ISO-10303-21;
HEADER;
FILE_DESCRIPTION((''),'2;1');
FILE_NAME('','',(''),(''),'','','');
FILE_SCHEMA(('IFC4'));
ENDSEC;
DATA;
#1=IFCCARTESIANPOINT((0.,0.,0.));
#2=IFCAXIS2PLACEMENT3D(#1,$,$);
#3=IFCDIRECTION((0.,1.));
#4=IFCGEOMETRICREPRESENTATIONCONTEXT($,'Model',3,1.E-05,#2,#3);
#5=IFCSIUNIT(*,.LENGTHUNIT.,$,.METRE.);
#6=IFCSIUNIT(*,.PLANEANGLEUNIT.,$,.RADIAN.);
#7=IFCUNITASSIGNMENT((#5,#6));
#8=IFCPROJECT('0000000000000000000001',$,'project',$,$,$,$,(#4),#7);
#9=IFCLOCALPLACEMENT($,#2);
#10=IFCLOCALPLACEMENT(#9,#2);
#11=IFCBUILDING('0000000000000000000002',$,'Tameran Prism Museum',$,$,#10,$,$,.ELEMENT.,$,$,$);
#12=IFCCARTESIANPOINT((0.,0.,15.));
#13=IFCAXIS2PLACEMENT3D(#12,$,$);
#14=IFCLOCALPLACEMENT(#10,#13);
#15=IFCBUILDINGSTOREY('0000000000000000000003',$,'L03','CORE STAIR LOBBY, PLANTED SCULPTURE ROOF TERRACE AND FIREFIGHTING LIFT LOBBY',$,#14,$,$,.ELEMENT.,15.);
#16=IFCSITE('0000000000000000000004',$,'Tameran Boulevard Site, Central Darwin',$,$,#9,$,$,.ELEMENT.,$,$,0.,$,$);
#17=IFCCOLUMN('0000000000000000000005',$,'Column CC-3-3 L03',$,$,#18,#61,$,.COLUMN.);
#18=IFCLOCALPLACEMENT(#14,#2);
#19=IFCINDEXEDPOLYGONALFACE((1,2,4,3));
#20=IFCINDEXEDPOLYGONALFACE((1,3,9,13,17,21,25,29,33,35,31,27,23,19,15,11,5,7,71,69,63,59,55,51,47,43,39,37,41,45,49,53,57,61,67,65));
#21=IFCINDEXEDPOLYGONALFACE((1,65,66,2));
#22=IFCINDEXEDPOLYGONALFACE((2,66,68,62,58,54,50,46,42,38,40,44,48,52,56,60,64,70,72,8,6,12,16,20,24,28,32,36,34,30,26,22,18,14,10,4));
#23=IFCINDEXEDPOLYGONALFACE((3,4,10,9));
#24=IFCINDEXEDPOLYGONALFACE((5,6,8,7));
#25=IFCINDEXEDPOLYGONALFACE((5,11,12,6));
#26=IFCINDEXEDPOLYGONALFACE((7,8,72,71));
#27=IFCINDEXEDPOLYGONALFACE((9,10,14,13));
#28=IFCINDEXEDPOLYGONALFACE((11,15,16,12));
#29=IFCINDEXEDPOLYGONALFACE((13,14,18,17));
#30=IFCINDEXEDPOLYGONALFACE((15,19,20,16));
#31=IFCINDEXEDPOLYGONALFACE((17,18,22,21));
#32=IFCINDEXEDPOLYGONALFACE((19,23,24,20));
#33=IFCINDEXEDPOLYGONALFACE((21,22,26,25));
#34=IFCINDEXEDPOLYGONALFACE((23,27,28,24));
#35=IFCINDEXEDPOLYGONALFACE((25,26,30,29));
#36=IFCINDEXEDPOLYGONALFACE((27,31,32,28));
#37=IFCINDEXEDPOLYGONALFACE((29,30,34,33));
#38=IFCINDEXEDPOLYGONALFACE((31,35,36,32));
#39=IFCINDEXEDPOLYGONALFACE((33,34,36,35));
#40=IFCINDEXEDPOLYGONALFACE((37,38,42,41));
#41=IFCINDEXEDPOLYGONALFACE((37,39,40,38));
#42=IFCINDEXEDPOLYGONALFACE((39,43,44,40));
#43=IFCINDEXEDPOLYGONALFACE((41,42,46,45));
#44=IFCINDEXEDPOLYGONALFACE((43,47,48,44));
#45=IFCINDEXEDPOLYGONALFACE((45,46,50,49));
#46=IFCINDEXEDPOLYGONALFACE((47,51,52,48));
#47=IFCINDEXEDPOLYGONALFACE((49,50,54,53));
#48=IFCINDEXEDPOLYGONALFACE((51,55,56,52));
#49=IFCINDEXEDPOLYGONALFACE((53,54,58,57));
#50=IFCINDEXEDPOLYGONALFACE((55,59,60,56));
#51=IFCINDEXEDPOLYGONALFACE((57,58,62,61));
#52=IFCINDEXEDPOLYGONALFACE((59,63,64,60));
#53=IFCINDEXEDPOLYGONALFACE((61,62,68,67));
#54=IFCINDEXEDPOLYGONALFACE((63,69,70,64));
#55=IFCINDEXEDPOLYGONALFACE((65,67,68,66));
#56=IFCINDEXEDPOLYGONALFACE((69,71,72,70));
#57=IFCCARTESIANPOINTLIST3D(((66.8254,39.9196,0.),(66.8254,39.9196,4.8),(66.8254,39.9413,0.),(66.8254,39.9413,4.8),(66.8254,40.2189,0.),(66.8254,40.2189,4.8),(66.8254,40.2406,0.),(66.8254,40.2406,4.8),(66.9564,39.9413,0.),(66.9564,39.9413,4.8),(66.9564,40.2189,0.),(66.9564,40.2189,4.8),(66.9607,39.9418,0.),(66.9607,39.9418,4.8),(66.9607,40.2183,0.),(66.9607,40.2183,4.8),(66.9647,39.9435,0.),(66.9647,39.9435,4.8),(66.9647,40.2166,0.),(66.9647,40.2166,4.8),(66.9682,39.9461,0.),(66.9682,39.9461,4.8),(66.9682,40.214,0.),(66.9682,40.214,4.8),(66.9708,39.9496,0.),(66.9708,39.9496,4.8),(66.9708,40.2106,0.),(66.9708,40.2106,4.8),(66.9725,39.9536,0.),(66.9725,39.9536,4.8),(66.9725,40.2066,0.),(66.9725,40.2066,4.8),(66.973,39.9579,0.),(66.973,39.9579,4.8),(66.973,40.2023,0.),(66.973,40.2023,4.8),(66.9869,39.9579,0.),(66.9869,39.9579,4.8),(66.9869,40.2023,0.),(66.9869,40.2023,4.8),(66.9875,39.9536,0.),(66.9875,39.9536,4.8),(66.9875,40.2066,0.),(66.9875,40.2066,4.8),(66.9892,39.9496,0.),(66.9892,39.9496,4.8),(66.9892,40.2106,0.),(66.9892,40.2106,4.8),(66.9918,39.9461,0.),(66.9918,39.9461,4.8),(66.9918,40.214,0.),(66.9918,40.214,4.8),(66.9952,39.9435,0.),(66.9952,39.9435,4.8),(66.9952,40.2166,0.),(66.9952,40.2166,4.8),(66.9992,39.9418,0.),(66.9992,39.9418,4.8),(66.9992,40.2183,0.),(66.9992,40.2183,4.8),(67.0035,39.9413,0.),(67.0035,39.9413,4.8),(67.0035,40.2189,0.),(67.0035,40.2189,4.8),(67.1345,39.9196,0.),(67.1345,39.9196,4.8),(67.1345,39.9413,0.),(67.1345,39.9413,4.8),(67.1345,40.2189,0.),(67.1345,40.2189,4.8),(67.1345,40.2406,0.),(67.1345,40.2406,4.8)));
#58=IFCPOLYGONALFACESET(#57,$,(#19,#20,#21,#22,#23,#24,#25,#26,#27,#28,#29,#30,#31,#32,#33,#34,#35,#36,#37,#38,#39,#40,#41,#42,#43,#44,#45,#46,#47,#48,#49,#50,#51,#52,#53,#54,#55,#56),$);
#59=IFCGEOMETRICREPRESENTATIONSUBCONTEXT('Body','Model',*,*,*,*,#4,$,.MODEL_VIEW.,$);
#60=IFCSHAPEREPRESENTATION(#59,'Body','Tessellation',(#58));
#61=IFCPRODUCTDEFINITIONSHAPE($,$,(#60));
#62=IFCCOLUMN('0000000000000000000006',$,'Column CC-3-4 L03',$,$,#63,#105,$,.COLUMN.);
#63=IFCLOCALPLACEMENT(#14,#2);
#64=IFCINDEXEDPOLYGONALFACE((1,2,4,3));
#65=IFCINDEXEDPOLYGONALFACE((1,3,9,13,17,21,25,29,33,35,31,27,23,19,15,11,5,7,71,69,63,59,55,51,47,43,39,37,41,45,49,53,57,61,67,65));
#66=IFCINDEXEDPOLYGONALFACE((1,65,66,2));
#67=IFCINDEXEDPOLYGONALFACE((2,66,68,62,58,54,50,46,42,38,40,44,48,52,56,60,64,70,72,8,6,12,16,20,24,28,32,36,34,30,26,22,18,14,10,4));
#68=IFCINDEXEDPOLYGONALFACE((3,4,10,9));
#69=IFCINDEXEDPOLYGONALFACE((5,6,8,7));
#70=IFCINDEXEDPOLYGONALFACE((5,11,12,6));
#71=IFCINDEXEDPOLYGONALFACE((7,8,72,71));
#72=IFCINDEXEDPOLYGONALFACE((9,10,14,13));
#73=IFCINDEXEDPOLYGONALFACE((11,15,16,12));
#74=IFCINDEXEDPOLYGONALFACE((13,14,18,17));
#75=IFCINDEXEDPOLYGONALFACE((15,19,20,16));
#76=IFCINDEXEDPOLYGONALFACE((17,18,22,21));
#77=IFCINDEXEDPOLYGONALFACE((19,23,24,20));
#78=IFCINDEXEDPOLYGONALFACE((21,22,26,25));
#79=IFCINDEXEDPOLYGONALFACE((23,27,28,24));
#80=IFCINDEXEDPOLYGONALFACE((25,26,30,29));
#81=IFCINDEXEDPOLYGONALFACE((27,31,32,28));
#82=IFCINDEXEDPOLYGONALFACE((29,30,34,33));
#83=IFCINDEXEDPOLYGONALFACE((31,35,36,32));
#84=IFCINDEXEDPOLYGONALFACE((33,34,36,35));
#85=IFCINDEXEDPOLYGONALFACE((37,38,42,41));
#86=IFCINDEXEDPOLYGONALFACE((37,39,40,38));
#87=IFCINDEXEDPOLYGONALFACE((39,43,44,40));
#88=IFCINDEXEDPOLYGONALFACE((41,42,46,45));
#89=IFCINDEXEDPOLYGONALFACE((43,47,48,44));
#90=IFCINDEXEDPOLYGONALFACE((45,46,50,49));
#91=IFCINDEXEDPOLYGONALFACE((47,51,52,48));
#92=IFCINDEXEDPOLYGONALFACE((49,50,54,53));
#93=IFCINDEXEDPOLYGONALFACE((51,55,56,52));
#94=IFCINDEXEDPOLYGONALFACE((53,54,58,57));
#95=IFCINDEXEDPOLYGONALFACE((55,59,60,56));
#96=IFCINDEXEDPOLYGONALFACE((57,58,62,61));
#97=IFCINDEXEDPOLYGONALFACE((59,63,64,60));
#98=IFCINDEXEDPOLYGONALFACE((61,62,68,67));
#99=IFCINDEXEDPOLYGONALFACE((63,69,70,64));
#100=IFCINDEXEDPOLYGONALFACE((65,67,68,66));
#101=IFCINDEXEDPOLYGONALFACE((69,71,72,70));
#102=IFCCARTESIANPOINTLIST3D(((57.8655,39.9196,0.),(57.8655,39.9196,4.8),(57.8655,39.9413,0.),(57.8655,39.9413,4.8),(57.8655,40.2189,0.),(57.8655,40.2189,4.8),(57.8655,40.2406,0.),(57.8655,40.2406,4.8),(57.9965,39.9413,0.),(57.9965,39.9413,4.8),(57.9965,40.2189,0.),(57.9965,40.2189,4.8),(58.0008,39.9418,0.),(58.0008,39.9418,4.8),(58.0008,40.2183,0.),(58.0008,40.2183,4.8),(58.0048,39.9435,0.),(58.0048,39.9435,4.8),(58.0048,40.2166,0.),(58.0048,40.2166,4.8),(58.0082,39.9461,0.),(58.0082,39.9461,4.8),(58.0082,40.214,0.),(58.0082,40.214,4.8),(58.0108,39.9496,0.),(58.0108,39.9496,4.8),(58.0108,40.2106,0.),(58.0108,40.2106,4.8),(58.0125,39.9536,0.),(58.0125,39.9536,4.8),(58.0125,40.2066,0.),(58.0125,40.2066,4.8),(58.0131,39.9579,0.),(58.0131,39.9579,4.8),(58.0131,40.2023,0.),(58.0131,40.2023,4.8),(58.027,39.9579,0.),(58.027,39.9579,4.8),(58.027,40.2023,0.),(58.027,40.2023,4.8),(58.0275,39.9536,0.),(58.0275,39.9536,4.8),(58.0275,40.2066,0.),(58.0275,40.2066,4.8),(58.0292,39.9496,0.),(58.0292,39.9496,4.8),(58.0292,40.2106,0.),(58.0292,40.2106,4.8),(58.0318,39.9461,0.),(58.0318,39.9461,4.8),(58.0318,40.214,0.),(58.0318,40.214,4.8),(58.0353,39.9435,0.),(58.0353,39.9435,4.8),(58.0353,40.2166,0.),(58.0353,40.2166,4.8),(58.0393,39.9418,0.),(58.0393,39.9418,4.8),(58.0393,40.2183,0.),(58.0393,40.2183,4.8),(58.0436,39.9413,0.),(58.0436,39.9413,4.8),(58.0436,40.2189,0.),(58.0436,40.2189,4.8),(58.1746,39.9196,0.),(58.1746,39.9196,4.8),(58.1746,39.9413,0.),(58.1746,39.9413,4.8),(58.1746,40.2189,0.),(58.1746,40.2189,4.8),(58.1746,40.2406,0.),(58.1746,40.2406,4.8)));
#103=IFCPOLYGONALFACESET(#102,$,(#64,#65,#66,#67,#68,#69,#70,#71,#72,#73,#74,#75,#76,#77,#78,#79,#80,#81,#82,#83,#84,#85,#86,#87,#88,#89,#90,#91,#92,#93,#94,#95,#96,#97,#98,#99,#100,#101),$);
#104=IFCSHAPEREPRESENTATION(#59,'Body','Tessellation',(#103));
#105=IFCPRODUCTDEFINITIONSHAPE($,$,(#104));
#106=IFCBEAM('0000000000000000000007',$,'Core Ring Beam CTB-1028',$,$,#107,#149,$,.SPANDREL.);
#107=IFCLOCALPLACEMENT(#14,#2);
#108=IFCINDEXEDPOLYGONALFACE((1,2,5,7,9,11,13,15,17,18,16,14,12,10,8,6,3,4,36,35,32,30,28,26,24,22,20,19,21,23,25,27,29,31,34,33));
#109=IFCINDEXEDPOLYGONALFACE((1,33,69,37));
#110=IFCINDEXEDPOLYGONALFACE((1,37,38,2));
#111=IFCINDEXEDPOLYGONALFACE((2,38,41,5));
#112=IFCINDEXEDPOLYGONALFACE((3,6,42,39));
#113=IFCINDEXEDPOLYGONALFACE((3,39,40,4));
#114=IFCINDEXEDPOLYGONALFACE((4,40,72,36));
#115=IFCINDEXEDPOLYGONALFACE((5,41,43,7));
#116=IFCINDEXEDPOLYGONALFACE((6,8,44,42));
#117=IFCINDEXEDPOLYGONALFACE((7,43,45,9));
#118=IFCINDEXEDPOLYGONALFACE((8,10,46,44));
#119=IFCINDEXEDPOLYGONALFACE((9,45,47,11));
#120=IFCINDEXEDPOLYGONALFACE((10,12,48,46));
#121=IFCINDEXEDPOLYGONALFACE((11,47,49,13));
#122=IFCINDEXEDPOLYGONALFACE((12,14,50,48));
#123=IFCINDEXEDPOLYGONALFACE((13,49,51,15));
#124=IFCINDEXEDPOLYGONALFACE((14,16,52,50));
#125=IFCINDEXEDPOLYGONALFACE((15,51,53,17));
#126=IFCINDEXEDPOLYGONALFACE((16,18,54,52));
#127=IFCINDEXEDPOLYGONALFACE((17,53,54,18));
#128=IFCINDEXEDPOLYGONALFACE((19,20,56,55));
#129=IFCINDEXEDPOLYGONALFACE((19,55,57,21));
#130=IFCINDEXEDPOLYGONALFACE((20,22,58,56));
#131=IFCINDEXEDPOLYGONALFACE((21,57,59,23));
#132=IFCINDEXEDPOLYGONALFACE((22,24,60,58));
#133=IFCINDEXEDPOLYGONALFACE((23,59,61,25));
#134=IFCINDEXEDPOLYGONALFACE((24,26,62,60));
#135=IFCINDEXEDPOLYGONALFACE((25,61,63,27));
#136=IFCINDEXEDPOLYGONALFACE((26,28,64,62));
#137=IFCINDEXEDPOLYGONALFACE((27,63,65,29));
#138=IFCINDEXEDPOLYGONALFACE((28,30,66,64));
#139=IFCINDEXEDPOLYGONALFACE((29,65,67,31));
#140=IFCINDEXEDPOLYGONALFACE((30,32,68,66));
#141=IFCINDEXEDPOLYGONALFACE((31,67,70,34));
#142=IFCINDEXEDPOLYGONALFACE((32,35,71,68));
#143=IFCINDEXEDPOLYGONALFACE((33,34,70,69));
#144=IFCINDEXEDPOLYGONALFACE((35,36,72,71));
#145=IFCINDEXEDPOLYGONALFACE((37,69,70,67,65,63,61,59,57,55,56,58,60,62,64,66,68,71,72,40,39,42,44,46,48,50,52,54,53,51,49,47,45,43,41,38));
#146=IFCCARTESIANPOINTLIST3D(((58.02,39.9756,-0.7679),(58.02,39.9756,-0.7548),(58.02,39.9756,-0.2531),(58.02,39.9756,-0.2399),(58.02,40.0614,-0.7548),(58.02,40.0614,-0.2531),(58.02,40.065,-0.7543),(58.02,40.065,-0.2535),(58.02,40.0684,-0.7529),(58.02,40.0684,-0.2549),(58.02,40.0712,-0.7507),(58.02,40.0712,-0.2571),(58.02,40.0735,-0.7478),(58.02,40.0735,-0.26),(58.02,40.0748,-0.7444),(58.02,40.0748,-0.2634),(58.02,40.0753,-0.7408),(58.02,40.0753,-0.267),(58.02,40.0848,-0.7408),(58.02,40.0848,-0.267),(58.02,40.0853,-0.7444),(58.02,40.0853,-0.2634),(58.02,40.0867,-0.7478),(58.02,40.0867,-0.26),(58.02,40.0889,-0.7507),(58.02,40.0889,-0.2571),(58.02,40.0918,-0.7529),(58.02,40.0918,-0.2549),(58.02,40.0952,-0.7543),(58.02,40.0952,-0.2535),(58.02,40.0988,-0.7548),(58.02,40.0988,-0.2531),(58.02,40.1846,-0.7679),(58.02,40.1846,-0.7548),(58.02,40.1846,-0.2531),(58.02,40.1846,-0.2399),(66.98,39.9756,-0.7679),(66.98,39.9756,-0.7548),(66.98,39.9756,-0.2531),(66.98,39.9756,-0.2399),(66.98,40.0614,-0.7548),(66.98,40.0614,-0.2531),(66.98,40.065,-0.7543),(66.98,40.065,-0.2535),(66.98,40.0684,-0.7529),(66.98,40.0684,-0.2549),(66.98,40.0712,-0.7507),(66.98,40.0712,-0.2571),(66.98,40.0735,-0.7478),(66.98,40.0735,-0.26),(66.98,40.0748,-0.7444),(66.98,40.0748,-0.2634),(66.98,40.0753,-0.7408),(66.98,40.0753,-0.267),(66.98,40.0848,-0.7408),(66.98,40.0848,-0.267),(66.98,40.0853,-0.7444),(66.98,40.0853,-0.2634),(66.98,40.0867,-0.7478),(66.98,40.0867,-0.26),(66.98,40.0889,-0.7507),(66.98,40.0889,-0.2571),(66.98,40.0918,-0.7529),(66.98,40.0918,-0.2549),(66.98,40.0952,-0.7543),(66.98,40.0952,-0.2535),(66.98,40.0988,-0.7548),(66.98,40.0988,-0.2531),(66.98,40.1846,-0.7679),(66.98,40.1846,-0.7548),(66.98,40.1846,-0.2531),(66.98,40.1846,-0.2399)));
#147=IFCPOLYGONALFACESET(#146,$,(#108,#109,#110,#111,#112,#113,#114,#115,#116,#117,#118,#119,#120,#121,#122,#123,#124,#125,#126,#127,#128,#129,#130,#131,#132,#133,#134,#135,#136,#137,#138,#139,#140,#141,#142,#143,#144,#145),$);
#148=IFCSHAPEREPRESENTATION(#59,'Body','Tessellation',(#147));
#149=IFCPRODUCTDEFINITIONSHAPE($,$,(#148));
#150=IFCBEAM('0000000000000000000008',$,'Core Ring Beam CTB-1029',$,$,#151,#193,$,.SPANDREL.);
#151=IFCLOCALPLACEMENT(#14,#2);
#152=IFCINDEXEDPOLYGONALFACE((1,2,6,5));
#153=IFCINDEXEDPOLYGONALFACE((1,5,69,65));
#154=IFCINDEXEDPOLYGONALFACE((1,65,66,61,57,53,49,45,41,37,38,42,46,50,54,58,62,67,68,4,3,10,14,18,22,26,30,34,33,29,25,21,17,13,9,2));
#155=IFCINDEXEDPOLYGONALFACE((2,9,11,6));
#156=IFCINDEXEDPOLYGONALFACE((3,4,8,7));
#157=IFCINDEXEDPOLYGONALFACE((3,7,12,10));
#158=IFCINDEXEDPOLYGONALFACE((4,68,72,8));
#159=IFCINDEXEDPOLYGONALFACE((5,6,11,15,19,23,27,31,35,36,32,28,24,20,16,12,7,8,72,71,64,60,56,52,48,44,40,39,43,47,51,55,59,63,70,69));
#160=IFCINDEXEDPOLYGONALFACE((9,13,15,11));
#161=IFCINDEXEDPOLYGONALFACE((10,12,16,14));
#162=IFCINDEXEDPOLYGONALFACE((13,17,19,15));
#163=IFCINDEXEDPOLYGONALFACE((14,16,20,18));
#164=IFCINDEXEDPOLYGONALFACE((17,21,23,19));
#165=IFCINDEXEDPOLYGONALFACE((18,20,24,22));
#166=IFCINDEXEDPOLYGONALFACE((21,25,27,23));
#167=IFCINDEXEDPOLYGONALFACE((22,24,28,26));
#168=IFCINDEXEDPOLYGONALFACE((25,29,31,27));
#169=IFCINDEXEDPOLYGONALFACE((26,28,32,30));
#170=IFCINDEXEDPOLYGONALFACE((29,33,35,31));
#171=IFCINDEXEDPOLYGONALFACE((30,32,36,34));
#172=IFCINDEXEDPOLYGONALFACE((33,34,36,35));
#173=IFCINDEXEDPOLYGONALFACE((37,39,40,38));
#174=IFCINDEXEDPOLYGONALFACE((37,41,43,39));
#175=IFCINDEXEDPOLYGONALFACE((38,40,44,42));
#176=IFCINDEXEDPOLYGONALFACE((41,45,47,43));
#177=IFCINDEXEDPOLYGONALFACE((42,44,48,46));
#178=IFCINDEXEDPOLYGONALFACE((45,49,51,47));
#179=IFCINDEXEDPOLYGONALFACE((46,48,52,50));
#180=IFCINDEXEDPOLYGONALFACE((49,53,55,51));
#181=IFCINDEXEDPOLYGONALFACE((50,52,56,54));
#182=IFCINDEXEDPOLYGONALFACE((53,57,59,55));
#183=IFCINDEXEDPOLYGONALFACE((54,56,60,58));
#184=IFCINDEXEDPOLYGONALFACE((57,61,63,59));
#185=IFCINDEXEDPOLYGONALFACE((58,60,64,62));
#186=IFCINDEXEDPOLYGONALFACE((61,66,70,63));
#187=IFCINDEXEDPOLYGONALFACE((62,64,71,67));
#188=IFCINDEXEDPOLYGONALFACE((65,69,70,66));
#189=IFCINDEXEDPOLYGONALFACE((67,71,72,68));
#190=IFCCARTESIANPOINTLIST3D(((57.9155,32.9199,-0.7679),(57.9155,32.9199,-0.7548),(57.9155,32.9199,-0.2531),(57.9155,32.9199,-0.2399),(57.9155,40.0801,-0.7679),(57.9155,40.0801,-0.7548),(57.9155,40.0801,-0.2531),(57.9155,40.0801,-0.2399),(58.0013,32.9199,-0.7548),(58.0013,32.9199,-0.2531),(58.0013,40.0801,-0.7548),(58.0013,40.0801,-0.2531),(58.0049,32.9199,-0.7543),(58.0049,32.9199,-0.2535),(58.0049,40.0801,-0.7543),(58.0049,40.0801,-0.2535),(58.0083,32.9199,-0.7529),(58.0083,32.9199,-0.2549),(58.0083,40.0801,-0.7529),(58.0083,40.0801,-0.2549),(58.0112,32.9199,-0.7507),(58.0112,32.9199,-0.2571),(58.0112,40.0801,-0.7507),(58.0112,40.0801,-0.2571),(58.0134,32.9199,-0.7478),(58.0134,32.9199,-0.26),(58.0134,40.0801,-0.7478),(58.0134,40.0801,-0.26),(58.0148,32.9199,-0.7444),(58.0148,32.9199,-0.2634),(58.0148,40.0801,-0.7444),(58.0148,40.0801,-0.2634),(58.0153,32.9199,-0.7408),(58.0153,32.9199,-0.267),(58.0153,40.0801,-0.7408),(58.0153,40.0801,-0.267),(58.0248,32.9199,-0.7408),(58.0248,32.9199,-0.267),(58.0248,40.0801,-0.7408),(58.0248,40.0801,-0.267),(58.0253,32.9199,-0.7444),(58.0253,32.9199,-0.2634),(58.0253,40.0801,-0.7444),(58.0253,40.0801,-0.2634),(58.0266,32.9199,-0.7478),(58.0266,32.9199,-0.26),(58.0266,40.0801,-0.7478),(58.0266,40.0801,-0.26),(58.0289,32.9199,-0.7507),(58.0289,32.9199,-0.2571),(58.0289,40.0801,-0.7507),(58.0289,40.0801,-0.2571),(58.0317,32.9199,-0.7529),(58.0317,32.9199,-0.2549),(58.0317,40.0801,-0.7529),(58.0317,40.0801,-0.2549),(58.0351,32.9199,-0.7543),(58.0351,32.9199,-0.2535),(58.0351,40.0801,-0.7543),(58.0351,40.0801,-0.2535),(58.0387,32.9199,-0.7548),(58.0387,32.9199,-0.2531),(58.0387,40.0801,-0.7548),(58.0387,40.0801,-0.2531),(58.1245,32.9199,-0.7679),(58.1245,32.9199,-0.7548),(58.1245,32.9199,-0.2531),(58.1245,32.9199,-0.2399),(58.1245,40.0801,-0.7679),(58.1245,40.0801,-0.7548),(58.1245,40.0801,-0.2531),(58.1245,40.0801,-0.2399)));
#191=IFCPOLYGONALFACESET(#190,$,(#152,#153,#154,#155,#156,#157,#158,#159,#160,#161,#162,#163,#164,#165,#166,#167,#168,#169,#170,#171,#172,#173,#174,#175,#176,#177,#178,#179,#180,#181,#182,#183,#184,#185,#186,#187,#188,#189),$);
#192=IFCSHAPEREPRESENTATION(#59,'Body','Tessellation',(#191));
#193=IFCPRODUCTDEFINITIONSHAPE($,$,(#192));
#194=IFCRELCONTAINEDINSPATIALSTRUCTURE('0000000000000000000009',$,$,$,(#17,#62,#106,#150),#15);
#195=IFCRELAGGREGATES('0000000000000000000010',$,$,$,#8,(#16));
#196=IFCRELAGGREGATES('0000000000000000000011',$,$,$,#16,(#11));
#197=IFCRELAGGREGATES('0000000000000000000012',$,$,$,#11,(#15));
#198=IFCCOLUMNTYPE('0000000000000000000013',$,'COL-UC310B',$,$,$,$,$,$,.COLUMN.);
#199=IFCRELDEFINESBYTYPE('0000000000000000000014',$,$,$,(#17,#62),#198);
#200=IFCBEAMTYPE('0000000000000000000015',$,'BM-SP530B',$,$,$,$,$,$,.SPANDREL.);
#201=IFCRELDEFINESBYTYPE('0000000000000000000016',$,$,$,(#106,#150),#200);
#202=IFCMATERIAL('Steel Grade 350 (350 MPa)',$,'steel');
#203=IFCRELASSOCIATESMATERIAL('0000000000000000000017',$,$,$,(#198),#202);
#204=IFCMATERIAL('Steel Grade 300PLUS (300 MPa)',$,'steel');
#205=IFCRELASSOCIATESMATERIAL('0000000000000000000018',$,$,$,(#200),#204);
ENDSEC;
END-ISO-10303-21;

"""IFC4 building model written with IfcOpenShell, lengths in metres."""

from ifc_helpers import new_model, si_unit, direction, frame, origin, origin_2d, place, context, subcontext, project, spatial, i_section, extrude, material, material_profile, profile_set, type_object, element, save


model = new_model("IFC4")

# Units and contexts
model_context = context("Model", 3, precision=1e-05, world=origin(), true_north=direction((0.0, 1.0)))
body_context = subcontext(model_context, "Body", "Model", "MODEL_VIEW")
ifc_project = project(units=[si_unit("LENGTHUNIT", "METRE"), si_unit("PLANEANGLEUNIT", "RADIAN")], contexts=[model_context])

# Site, building, storey
site_placement = place(None, origin())
site = spatial("IfcSite", under=ifc_project, at=site_placement, Name="Tameran Boulevard Site, Central Darwin", CompositionType="ELEMENT", RefElevation=0.0)
building_placement = place(site_placement, origin())
building = spatial("IfcBuilding", under=site, at=building_placement, Name="Tameran Prism Museum", CompositionType="ELEMENT")
storey_placement = place(building_placement, frame((0.0, 0.0, 15.0)))
storey = spatial("IfcBuildingStorey", under=building, at=storey_placement, Name="L03", Description="CORE STAIR LOBBY, PLANTED SCULPTURE ROOF TERRACE AND FIREFIGHTING LIFT LOBBY", CompositionType="ELEMENT", Elevation=15.0)

# Columns
ifc_material_1 = material(Name="Steel Grade 350 (350 MPa)", Category="steel")
ifc_material_profile_1 = material_profile(ifc_material_1, i_section(OverallWidth=0.3091, OverallDepth=0.321, WebThickness=0.0139, FlangeThickness=0.0217, FilletRadius=0.0166, at=origin_2d()))
ifc_profile_set_1 = profile_set([ifc_material_profile_1])
column_type = type_object("IfcColumnType", Name="COL-UC310B", PredefinedType="COLUMN", material=ifc_profile_set_1)
for number, where, z_axis, x_axis, name in (
    (1, (66.98, 40.0801, 0.0), (0.0, 0.0, 1.0), (1.0, 0.0, 0.0), "Column CC-3-3 L03"),
    (2, (58.02, 40.0801, 0.0), (0.0, 0.0, 1.0), (1.0, 0.0, 0.0), "Column CC-3-4 L03"),
):
    element("IfcColumn", number, at=place(storey_placement, frame(where, z_axis=z_axis, x_axis=x_axis)), inside=storey, type_object=column_type, Name=name, PredefinedType="COLUMN", context=body_context, shape_type="SweptSolid", body=[
        extrude(i_section(OverallWidth=0.3091, OverallDepth=0.321, WebThickness=0.0139, FlangeThickness=0.0217, FilletRadius=0.0166, at=origin_2d()), origin(), (0.0, 0.0, 1.0), 4.8),
    ])

# Beams
ifc_material_2 = material(Name="Steel Grade 300PLUS (300 MPa)", Category="steel")
ifc_material_profile_2 = material_profile(ifc_material_2, i_section(OverallWidth=0.209, OverallDepth=0.5281, WebThickness=0.0095, FlangeThickness=0.0132, FilletRadius=0.0139, at=origin_2d()))
ifc_profile_set_2 = profile_set([ifc_material_profile_2])
beam_type_1 = type_object("IfcBeamType", Name="BM-SP530B", PredefinedType="SPANDREL", material=ifc_profile_set_2)
beam_1_placement = place(storey_placement, frame((66.98, 40.0801, -0.5039), z_axis=(-1.0, 0.0, 0.0), x_axis=(0.0, -1.0, 0.0)))
element("IfcBeam", 3, at=beam_1_placement, inside=storey, type_object=beam_type_1, Name="Core Ring Beam CTB-1028", PredefinedType="SPANDREL", context=body_context, shape_type="SweptSolid", body=[
    extrude(i_section(OverallWidth=0.209, OverallDepth=0.5281, WebThickness=0.0095, FlangeThickness=0.0132, FilletRadius=0.0139, at=origin_2d()), origin(), (0.0, 0.0, 1.0), 8.96),
])
beam_2_placement = place(storey_placement, frame((58.02, 40.0801, -0.5039), z_axis=(0.0, -1.0, 0.0), x_axis=(1.0, 0.0, 0.0)))
element("IfcBeam", 4, at=beam_2_placement, inside=storey, type_object=beam_type_1, Name="Core Ring Beam CTB-1029", PredefinedType="SPANDREL", context=body_context, shape_type="SweptSolid", body=[
    extrude(i_section(OverallWidth=0.209, OverallDepth=0.5281, WebThickness=0.0095, FlangeThickness=0.0132, FilletRadius=0.0139, at=origin_2d()), origin(), (0.0, 0.0, 1.0), 7.1602),
])

save(model, "model.ifc")
